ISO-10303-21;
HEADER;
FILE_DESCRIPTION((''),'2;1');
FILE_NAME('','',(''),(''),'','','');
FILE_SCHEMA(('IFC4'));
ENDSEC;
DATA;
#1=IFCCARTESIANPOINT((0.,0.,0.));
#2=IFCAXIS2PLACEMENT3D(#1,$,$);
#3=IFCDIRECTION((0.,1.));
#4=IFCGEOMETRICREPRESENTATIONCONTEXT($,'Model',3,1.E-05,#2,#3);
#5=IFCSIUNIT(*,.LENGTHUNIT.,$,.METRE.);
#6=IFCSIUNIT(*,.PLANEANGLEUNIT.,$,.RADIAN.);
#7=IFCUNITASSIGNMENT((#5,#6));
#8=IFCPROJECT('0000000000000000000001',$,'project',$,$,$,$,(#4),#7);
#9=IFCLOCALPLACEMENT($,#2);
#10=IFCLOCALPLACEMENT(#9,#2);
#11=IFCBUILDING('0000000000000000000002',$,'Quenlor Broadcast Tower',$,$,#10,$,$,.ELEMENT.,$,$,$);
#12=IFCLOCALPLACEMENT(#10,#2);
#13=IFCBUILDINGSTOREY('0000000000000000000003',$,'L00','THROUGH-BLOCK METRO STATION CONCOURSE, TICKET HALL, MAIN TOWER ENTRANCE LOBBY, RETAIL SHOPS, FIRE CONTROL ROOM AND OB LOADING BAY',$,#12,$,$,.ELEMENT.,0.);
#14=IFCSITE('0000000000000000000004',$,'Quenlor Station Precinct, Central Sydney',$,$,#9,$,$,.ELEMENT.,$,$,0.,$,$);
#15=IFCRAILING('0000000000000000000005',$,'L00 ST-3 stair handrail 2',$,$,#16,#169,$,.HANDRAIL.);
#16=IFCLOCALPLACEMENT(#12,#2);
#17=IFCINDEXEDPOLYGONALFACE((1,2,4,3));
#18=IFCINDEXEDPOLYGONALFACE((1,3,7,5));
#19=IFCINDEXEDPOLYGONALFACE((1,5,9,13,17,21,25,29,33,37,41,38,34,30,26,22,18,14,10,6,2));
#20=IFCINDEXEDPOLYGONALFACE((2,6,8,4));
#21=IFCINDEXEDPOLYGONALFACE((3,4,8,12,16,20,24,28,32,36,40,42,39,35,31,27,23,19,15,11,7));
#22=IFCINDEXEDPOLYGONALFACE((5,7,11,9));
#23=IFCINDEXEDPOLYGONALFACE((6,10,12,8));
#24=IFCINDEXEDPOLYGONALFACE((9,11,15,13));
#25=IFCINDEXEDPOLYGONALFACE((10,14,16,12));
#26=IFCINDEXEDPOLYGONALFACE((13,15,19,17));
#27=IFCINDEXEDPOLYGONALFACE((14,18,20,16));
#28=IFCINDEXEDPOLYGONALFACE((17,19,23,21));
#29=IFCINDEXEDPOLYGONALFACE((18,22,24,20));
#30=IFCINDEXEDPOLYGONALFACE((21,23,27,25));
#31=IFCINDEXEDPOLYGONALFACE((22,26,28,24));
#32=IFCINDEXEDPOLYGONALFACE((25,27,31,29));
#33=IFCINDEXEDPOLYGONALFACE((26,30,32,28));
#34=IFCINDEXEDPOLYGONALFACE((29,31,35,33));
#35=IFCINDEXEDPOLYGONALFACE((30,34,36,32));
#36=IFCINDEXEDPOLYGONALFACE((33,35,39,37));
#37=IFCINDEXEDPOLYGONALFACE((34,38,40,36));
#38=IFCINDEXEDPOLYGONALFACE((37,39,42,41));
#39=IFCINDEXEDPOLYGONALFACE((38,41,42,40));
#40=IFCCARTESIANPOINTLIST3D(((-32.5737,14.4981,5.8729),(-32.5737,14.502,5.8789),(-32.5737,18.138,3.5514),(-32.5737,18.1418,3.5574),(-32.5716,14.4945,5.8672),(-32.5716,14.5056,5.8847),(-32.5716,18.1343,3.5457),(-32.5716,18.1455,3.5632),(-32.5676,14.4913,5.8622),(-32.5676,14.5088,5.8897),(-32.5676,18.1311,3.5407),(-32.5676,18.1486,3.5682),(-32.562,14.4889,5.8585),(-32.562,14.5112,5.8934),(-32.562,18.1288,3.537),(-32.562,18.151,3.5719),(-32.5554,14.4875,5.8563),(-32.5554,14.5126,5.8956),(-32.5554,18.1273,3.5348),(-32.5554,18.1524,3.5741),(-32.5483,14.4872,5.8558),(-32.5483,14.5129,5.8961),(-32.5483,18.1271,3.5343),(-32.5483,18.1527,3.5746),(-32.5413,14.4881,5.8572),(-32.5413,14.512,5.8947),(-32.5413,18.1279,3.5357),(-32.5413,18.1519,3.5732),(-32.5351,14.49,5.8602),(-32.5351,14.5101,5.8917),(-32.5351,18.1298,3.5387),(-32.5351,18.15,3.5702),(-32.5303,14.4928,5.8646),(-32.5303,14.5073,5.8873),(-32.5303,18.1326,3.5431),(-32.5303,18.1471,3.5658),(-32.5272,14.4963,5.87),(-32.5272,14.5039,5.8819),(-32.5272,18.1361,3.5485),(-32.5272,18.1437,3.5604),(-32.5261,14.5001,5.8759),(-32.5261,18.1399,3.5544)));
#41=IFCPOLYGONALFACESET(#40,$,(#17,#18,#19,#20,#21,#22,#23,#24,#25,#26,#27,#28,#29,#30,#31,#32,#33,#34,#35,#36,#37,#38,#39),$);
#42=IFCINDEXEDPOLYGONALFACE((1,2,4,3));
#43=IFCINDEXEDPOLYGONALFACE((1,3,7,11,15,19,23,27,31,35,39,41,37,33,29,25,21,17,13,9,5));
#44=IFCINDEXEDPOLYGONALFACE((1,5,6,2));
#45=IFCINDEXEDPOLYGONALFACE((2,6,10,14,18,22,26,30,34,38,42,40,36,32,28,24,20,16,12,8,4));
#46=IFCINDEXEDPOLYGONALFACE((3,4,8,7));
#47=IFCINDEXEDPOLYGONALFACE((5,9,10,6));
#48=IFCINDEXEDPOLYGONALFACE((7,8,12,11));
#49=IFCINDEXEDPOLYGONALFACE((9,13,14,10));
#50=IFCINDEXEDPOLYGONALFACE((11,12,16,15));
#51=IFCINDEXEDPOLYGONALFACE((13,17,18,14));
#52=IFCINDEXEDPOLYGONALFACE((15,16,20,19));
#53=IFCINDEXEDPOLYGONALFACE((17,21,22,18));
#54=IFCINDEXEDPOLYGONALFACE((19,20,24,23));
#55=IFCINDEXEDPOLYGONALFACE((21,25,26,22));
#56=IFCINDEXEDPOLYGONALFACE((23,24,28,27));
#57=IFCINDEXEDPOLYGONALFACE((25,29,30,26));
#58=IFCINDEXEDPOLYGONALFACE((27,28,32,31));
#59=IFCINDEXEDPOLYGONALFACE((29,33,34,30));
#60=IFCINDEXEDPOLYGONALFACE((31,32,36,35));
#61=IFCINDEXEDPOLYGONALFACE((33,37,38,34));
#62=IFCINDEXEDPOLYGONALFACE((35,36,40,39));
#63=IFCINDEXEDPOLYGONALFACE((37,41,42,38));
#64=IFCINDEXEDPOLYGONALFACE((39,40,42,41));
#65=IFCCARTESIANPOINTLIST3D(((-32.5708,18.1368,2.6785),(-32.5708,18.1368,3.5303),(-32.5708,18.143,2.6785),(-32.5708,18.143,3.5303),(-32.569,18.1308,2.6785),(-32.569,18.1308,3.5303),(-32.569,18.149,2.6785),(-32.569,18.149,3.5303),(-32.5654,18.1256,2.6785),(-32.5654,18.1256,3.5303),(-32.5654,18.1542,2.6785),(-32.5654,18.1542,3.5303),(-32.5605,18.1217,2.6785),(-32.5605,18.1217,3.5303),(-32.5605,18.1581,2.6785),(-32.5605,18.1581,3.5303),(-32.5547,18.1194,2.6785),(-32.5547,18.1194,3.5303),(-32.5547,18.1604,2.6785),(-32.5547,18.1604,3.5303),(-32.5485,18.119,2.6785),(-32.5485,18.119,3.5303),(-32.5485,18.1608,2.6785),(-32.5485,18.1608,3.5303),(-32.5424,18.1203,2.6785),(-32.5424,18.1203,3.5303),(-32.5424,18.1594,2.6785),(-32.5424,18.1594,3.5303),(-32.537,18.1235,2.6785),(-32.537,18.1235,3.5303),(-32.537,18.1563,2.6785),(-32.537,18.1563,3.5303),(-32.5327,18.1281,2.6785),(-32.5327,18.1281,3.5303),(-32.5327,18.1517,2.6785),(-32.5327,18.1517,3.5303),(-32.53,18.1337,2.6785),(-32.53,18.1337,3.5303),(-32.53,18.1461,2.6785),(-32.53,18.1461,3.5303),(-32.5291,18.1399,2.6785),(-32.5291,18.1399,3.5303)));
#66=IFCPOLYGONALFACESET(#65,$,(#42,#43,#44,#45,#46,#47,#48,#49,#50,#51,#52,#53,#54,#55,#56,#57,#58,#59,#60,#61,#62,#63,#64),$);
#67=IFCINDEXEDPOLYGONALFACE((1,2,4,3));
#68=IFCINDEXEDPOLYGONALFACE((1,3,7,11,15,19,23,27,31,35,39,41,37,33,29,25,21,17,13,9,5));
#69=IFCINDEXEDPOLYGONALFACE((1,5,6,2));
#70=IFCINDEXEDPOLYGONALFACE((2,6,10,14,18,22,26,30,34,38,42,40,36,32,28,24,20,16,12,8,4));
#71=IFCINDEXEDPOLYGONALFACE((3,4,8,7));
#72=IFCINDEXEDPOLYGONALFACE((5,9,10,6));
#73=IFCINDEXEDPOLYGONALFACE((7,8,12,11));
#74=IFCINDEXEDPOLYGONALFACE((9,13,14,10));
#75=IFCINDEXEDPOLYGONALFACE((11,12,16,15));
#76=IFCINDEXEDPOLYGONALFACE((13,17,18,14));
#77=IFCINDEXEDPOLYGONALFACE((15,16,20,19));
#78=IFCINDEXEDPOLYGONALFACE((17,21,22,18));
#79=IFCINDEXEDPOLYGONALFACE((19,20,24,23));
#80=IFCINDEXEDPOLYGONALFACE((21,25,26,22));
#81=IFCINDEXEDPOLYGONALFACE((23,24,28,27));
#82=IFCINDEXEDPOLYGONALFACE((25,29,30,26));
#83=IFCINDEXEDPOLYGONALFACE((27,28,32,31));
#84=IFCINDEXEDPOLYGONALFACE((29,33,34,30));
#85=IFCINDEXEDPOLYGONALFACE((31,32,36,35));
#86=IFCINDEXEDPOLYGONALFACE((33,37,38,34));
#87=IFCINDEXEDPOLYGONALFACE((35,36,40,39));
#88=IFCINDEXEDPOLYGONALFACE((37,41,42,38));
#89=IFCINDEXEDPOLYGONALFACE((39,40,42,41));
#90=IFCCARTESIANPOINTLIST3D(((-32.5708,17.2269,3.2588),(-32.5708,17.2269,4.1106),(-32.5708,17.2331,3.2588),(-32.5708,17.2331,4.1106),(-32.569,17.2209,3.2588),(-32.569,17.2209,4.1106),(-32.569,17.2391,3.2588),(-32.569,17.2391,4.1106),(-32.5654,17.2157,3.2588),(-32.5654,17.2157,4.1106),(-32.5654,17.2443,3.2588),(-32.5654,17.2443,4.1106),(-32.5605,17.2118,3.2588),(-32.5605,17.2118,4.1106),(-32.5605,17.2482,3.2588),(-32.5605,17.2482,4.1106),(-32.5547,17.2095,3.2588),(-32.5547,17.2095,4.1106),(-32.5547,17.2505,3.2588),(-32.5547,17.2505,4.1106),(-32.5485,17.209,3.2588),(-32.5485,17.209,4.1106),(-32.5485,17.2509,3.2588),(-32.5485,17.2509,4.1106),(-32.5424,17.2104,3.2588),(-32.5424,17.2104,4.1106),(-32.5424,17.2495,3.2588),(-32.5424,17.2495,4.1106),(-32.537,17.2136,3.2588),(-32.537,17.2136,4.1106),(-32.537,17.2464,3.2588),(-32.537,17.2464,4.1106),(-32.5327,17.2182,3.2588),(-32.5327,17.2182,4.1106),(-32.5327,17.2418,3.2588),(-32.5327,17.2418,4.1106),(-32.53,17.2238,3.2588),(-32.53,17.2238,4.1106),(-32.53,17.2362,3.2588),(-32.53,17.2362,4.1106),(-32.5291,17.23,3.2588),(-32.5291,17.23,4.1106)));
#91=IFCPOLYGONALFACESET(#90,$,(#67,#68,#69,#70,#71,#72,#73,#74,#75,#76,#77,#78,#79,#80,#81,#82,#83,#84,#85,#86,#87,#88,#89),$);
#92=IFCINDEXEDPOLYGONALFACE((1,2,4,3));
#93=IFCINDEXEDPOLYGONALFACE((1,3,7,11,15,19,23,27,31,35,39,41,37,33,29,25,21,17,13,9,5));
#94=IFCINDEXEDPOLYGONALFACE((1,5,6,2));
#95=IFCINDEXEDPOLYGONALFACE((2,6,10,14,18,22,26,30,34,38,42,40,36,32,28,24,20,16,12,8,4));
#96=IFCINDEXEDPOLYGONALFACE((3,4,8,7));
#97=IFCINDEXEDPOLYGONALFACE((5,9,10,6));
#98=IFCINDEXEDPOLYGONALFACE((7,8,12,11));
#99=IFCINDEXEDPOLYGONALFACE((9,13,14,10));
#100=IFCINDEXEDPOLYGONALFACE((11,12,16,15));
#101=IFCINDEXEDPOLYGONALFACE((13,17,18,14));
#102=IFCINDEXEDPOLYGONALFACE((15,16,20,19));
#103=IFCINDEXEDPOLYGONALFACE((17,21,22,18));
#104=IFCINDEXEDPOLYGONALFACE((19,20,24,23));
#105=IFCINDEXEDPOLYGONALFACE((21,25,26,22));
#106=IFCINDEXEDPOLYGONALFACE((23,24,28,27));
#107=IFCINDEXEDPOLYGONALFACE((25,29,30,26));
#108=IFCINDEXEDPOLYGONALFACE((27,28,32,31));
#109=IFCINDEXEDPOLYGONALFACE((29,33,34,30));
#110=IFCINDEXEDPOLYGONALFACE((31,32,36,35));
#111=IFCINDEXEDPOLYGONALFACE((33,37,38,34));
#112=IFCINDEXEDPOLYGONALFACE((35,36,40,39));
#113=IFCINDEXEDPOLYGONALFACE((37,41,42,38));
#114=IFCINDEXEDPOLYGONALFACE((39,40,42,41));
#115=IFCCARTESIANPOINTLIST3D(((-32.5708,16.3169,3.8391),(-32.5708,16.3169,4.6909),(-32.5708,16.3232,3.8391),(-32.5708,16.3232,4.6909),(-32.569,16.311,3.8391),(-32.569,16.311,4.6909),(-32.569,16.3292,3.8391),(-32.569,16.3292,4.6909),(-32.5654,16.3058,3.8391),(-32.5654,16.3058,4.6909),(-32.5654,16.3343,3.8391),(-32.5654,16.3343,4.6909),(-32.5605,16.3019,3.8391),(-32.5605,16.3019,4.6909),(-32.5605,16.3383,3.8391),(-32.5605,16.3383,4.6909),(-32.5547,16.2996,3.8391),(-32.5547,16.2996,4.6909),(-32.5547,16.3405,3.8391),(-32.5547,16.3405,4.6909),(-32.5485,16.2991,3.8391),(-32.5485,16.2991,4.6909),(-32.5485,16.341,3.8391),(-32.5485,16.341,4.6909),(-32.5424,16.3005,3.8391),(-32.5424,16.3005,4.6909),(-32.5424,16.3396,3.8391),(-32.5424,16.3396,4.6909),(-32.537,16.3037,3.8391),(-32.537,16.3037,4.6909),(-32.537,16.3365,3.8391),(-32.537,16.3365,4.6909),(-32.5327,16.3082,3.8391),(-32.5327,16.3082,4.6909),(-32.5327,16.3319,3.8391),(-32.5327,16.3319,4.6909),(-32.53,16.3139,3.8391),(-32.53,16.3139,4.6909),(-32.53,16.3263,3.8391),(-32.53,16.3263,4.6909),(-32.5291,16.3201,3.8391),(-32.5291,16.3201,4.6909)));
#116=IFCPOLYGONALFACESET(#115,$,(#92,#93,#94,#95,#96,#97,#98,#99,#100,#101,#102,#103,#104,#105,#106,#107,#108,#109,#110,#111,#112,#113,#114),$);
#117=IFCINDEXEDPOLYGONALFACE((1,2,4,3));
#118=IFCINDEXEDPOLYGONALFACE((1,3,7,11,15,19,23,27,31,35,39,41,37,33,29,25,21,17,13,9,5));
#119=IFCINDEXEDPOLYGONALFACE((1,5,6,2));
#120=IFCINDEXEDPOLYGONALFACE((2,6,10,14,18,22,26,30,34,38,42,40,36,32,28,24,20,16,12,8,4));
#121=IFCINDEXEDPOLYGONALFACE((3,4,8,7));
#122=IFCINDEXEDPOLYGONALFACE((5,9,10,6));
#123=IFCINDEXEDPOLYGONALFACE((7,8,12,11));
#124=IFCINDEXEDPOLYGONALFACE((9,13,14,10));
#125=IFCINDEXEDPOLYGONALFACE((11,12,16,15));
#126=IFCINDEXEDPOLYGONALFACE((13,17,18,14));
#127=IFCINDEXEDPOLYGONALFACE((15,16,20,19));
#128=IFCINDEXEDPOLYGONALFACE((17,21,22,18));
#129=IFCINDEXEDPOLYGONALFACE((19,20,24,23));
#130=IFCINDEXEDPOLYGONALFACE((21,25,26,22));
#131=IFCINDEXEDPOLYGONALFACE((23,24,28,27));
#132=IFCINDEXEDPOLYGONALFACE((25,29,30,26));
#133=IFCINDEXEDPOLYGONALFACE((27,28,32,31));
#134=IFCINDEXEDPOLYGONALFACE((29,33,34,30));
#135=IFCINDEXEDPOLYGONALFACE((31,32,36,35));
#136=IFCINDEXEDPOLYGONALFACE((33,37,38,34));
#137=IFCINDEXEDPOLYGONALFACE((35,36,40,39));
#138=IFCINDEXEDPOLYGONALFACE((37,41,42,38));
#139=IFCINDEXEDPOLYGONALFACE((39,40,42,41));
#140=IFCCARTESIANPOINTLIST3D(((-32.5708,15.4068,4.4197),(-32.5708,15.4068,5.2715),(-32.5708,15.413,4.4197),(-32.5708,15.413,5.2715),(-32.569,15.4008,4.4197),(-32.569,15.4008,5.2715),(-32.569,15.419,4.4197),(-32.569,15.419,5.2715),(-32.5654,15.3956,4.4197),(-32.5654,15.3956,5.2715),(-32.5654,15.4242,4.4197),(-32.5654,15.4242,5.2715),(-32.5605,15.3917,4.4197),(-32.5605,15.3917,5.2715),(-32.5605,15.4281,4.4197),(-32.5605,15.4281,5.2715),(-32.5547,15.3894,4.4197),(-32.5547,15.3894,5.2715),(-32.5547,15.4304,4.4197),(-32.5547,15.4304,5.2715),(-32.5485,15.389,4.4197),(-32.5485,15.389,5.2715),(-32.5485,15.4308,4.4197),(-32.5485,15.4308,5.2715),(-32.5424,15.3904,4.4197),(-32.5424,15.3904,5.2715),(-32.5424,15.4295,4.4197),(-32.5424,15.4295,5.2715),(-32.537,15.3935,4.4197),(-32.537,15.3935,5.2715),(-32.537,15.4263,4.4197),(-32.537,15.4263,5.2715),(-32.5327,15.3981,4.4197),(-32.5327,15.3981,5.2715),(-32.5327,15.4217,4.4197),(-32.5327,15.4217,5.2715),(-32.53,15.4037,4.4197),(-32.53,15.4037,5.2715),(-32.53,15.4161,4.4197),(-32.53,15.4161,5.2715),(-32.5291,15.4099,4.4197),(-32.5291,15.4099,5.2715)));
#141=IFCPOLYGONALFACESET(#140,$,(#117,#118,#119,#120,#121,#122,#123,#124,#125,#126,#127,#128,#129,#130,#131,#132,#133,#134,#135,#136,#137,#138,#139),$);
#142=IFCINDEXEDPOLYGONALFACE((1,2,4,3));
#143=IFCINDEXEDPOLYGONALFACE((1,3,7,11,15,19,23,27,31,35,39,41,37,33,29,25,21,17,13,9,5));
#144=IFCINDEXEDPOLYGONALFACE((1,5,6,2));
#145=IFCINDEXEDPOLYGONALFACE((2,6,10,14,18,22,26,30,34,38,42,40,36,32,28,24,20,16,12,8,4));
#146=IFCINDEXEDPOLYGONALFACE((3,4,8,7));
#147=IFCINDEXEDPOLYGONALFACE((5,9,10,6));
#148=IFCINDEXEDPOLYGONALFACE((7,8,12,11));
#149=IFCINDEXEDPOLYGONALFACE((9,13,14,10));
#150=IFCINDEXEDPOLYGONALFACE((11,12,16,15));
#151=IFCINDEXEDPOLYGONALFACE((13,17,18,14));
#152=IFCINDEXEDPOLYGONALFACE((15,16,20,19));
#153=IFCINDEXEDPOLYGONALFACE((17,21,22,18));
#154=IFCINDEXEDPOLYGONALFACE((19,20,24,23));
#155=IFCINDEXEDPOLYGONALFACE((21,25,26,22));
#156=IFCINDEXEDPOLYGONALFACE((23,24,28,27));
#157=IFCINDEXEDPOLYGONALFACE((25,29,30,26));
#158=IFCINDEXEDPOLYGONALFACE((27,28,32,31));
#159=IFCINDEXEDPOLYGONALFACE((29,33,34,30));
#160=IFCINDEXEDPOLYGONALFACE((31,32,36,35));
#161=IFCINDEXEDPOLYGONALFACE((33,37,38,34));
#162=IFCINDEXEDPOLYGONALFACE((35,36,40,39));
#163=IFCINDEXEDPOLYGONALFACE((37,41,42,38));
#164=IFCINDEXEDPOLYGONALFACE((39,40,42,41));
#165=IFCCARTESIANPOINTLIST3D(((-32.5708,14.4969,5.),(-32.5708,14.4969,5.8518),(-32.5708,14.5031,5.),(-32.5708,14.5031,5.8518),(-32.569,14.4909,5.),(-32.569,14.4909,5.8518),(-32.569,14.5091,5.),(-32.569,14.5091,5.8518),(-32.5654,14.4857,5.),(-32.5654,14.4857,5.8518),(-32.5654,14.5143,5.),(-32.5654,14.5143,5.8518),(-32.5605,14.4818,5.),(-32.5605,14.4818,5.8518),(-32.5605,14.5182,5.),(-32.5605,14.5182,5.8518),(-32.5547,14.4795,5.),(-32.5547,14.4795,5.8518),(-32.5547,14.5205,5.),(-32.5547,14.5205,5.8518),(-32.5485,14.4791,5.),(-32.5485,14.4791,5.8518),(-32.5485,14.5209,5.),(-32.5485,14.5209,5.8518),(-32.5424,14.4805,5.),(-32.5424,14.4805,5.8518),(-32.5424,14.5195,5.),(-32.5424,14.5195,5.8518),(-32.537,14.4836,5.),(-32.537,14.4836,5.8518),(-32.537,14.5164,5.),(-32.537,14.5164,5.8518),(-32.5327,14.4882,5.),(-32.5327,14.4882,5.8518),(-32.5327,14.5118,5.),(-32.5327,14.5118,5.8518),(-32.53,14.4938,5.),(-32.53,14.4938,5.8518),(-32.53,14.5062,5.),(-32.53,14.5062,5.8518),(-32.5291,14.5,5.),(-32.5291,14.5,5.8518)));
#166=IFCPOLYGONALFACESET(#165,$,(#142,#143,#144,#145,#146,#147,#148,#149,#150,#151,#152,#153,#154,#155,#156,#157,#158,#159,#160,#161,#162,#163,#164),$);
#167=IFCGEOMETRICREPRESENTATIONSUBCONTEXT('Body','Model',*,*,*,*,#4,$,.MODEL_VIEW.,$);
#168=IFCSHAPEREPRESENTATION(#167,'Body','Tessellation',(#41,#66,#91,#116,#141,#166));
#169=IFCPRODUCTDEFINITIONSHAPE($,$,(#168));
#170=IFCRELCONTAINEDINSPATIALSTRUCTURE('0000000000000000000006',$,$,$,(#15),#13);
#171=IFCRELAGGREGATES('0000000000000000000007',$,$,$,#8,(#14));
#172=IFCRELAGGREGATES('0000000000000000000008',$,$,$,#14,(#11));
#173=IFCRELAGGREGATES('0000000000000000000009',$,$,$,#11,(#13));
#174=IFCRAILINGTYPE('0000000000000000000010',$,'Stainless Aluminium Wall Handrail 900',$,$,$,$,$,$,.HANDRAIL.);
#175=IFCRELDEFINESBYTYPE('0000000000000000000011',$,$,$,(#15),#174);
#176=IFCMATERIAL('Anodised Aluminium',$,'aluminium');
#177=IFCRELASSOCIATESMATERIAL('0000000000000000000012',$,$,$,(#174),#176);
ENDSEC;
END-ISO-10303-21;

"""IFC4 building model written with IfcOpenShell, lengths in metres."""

from ifc_helpers import new_model, si_unit, direction, frame, origin, origin_2d, place, context, subcontext, project, spatial, circle, extrude, material, type_object, element, save


model = new_model("IFC4")

# Units and contexts
model_context = context("Model", 3, precision=1e-05, world=origin(), true_north=direction((0.0, 1.0)))
body_context = subcontext(model_context, "Body", "Model", "MODEL_VIEW")
ifc_project = project(units=[si_unit("LENGTHUNIT", "METRE"), si_unit("PLANEANGLEUNIT", "RADIAN")], contexts=[model_context])

# Site, building, storey
site_placement = place(None, origin())
site = spatial("IfcSite", under=ifc_project, at=site_placement, Name="Quenlor Station Precinct, Central Sydney", CompositionType="ELEMENT", RefElevation=0.0)
building_placement = place(site_placement, origin())
building = spatial("IfcBuilding", under=site, at=building_placement, Name="Quenlor Broadcast Tower", CompositionType="ELEMENT")
storey_placement = place(building_placement, origin())
storey = spatial("IfcBuildingStorey", under=building, at=storey_placement, Name="L00", Description="THROUGH-BLOCK METRO STATION CONCOURSE, TICKET HALL, MAIN TOWER ENTRANCE LOBBY, RETAIL SHOPS, FIRE CONTROL ROOM AND OB LOADING BAY", CompositionType="ELEMENT", Elevation=0.0)

# Railing
ifc_material_1 = material(Name="Anodised Aluminium", Category="aluminium")
railing_type_1 = type_object("IfcRailingType", Name="Stainless Aluminium Wall Handrail 900", PredefinedType="HANDRAIL", material=ifc_material_1)
railing_1_placement = place(storey_placement, frame((-32.55, 18.1399, 2.6785)))
element("IfcRailing", 1, at=railing_1_placement, inside=storey, type_object=railing_type_1, Name="L00 ST-3 stair handrail 2", PredefinedType="HANDRAIL", context=body_context, shape_type="SweptSolid", body=[
    extrude(circle(Radius=0.0239, at=origin_2d()), frame((0.0, 0.0, 0.876), z_axis=(0.0, -0.843112, 0.537739), x_axis=(1.0, 0.0, 0.0)), (0.0, 0.0, 1.0), 4.3171),
    extrude(circle(Radius=0.021, at=origin_2d()), origin(), (0.0, 0.0, 1.0), 0.8518),
    extrude(circle(Radius=0.021, at=origin_2d()), frame((0.0, -0.9099, 0.5803)), (0.0, 0.0, 1.0), 0.8518),
    extrude(circle(Radius=0.021, at=origin_2d()), frame((0.0, -1.8198, 1.1606)), (0.0, 0.0, 1.0), 0.8518),
    extrude(circle(Radius=0.021, at=origin_2d()), frame((0.0, -2.73, 1.7412)), (0.0, 0.0, 1.0), 0.8518),
    extrude(circle(Radius=0.021, at=origin_2d()), frame((0.0, -3.6399, 2.3215)), (0.0, 0.0, 1.0), 0.8518),
])

save(model, "model.ifc")
